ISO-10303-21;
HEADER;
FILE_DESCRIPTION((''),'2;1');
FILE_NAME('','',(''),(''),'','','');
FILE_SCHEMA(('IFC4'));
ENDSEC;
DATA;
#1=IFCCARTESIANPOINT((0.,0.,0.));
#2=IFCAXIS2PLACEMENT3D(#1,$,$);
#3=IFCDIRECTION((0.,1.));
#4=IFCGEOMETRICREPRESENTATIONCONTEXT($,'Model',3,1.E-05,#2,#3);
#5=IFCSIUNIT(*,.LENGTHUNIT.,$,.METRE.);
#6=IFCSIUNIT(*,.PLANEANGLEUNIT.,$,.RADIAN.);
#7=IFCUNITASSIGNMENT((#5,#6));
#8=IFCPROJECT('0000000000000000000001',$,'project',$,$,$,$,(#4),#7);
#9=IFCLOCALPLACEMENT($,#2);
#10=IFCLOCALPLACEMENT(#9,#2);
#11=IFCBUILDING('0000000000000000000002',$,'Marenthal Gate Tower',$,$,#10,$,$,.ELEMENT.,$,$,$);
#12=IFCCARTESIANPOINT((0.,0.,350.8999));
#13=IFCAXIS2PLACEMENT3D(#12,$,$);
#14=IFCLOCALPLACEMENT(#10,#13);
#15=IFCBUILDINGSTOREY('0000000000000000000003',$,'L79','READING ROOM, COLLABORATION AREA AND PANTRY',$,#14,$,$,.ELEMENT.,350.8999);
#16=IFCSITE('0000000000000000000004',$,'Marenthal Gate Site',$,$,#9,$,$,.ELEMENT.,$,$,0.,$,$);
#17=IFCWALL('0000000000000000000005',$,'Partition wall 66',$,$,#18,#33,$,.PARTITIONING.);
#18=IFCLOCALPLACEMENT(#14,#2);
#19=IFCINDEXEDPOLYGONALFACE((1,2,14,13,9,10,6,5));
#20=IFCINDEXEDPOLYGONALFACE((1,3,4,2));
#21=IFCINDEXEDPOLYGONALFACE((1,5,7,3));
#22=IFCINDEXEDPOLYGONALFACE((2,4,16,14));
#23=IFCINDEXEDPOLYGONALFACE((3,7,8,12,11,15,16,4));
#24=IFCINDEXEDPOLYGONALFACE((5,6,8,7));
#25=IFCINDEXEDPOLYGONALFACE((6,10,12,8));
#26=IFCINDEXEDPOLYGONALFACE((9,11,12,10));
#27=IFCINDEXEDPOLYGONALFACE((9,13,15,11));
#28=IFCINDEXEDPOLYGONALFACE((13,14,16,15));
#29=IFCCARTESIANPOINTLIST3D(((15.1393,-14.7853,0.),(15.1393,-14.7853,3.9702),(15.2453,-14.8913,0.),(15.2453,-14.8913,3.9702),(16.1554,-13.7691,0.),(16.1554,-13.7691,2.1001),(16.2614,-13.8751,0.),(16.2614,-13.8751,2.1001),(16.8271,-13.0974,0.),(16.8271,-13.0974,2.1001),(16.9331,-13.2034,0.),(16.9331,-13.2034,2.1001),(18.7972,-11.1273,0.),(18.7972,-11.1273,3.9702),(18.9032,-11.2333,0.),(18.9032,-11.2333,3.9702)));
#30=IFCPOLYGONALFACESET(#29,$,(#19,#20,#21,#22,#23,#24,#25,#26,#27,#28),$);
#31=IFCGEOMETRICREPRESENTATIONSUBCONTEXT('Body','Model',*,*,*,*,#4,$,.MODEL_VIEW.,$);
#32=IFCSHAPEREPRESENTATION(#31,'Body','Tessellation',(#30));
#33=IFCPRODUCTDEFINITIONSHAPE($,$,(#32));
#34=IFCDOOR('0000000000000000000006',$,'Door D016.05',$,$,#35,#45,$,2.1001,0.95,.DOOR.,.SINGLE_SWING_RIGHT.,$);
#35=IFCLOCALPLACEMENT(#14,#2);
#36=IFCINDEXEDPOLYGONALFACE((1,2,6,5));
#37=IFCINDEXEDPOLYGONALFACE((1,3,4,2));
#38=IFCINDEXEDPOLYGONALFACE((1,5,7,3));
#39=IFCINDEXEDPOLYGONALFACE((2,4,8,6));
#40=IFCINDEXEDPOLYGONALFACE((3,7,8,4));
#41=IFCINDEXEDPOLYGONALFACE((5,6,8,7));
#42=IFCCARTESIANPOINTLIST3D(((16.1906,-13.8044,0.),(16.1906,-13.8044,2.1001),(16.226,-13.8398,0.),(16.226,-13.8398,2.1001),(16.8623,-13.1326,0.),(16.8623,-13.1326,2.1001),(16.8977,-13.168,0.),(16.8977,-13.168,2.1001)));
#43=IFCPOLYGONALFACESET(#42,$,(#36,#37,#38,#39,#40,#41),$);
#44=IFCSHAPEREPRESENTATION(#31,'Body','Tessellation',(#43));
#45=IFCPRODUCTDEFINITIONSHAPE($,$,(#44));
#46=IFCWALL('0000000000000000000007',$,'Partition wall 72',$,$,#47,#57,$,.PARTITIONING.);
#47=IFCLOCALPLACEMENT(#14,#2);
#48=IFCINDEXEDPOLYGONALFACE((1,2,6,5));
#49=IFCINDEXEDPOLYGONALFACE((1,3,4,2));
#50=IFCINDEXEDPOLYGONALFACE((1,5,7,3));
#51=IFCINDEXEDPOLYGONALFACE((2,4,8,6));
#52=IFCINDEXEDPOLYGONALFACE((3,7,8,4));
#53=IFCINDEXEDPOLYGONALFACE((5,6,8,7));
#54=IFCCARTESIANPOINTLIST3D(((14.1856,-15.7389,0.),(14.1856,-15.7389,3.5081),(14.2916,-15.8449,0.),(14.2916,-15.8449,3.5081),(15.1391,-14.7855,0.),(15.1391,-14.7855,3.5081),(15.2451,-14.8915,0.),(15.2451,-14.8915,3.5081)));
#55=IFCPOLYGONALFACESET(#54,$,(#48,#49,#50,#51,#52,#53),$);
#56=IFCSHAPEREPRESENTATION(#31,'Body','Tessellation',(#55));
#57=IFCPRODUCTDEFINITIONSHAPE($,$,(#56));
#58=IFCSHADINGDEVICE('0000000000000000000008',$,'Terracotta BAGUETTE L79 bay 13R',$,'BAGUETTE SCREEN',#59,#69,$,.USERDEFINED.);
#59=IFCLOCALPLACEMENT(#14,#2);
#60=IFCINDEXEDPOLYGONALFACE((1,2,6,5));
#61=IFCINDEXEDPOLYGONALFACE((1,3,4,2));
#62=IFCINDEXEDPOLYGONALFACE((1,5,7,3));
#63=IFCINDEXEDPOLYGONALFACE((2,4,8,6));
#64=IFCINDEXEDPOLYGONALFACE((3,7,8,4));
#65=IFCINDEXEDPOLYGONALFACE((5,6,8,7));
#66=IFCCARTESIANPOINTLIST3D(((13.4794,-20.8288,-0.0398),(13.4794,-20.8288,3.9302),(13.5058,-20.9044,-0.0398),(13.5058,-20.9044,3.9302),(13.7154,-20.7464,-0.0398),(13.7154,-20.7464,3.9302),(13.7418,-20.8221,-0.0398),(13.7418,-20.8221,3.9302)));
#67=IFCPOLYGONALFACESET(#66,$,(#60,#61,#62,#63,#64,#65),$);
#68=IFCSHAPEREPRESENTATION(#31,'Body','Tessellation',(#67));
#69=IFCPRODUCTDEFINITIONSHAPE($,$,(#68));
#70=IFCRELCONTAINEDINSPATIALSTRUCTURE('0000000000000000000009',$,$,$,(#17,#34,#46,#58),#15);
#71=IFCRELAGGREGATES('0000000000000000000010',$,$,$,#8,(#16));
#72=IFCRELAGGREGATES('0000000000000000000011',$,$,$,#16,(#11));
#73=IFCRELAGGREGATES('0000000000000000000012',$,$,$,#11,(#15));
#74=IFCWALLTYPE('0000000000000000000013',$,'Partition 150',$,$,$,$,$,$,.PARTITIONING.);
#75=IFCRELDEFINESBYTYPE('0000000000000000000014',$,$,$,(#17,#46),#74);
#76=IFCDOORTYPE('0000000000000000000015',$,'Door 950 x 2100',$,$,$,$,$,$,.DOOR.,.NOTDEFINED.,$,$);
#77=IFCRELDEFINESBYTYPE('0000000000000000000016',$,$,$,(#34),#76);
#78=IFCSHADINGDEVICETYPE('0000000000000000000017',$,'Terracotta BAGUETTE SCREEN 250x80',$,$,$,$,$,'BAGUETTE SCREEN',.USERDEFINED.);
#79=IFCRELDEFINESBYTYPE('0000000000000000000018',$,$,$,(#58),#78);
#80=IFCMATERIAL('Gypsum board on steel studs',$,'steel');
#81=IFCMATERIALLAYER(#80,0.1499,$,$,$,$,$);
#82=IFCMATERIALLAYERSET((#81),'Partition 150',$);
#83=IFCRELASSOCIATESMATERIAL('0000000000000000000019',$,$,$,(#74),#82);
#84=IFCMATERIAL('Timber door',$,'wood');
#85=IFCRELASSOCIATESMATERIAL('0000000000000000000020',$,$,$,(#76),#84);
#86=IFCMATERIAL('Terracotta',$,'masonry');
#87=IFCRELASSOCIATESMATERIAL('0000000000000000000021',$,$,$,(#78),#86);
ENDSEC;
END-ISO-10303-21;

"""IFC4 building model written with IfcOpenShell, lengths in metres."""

from ifc_helpers import new_model, si_unit, direction, frame, frame_2d, origin, origin_2d, place, context, subcontext, project, spatial, rectangle, extrude, material, layer, layer_set, material_profile, profile_set, type_object, element, fill, save


model = new_model("IFC4")

# Units and contexts
model_context = context("Model", 3, precision=1e-05, world=origin(), true_north=direction((0.0, 1.0)))
body_context = subcontext(model_context, "Body", "Model", "MODEL_VIEW")
ifc_project = project(units=[si_unit("LENGTHUNIT", "METRE"), si_unit("PLANEANGLEUNIT", "RADIAN")], contexts=[model_context])

# Site, building, storey
site_placement = place(None, origin())
site = spatial("IfcSite", under=ifc_project, at=site_placement, Name="Marenthal Gate Site", CompositionType="ELEMENT", RefElevation=0.0)
building_placement = place(site_placement, origin())
building = spatial("IfcBuilding", under=site, at=building_placement, Name="Marenthal Gate Tower", CompositionType="ELEMENT")
storey_placement = place(building_placement, frame((0.0, 0.0, 350.8999)))
storey = spatial("IfcBuildingStorey", under=building, at=storey_placement, Name="L79", Description="READING ROOM, COLLABORATION AREA AND PANTRY", CompositionType="ELEMENT", Elevation=350.8999)

# Shared definitions
ifc_material_1 = material(Name="Gypsum board on steel studs", Category="steel")
ifc_layer_1 = layer(ifc_material_1, 0.1499)
ifc_layer_set_1 = layer_set([ifc_layer_1], Name="Partition 150")
wall_type_1 = type_object("IfcWallType", Name="Partition 150", PredefinedType="PARTITIONING", material=ifc_layer_set_1)

# Wall, opening, door
wall_1_placement = place(storey_placement, frame((18.8501, -11.1804, 0.0), z_axis=(0.0, 0.0, 1.0), x_axis=(-0.707107, -0.707107, 0.0)))
wall_1 = element("IfcWall", 1, at=wall_1_placement, inside=storey, type_object=wall_type_1, Name="Partition wall 66", PredefinedType="PARTITIONING", context=body_context, shape_type="SweptSolid", body=[
    extrude(rectangle(XDim=5.1731, YDim=0.1499, at=frame_2d((2.5864, 0.0))), origin(), (0.0, 0.0, 1.0), 3.9702),
])
opening_1_placement = place(wall_1_placement, frame((2.7859, 0.0, 0.0)))
opening_1 = element("IfcOpeningElement", 2, at=opening_1_placement, cuts=wall_1, PredefinedType="OPENING", context=body_context, shape_type="SweptSolid", body=[
    extrude(rectangle(XDim=0.95, YDim=2.1001, at=frame_2d((0.4751, 1.05))), frame((0.0, 0.085, 0.0), z_axis=(0.0, -1.0, 0.0), x_axis=(1.0, 0.0, 0.0)), (0.0, 0.0, 1.0), 0.1699),
])
ifc_material_2 = material(Name="Timber door", Category="wood")
door_type_1 = type_object("IfcDoorType", Name="Door 950 x 2100", OperationType="NOTDEFINED", PredefinedType="DOOR", material=ifc_material_2)
door_1_placement = place(opening_1_placement, origin())
door_1 = element("IfcDoor", 3, at=door_1_placement, inside=storey, type_object=door_type_1, Name="Door D016.05", OperationType="SINGLE_SWING_RIGHT", OverallHeight=2.1001, OverallWidth=0.95, PredefinedType="DOOR", context=body_context, shape_type="SweptSolid", body=[
    extrude(rectangle(XDim=0.95, YDim=2.1001, at=frame_2d((0.4751, 1.05))), frame((0.0, 0.0249, 0.0), z_axis=(0.0, -1.0, 0.0), x_axis=(1.0, 0.0, 0.0)), (0.0, 0.0, 1.0), 0.05),
])
fill(opening_1, door_1)

# Wall
wall_2_placement = place(storey_placement, frame((15.1921, -14.8384, 0.0), z_axis=(0.0, 0.0, 1.0), x_axis=(-0.707107, -0.707107, 0.0)))
element("IfcWall", 4, at=wall_2_placement, inside=storey, type_object=wall_type_1, Name="Partition wall 72", PredefinedType="PARTITIONING", context=body_context, shape_type="SweptSolid", body=[
    extrude(rectangle(XDim=1.3484, YDim=0.1499, at=frame_2d((0.6743, 0.0))), origin(), (0.0, 0.0, 1.0), 3.5081),
])

# Shading device
ifc_material_3 = material(Name="Terracotta", Category="masonry")
ifc_material_profile_1 = material_profile(ifc_material_3, rectangle(XDim=0.25, YDim=0.0801, at=origin_2d()), Name="Terracotta baguette 250x80")
ifc_profile_set_1 = profile_set([ifc_material_profile_1], Name="Terracotta")
shading_device_type = type_object("IfcShadingDeviceType", Name="Terracotta BAGUETTE SCREEN 250x80", ElementType="BAGUETTE SCREEN", PredefinedType="USERDEFINED", material=ifc_profile_set_1)
shading_device_placement = place(storey_placement, frame((13.6106, -20.8254, -0.0398), z_axis=(0.0, 0.0, 1.0), x_axis=(0.944152, 0.32951, 0.0)))
element("IfcShadingDevice", 5, at=shading_device_placement, inside=storey, type_object=shading_device_type, Name="Terracotta BAGUETTE L79 bay 13R", ObjectType="BAGUETTE SCREEN", PredefinedType="USERDEFINED", context=body_context, shape_type="SweptSolid", body=[
    extrude(rectangle(XDim=0.25, YDim=0.0801, at=origin_2d()), origin(), (0.0, 0.0, 1.0), 3.97),
])

save(model, "model.ifc")
